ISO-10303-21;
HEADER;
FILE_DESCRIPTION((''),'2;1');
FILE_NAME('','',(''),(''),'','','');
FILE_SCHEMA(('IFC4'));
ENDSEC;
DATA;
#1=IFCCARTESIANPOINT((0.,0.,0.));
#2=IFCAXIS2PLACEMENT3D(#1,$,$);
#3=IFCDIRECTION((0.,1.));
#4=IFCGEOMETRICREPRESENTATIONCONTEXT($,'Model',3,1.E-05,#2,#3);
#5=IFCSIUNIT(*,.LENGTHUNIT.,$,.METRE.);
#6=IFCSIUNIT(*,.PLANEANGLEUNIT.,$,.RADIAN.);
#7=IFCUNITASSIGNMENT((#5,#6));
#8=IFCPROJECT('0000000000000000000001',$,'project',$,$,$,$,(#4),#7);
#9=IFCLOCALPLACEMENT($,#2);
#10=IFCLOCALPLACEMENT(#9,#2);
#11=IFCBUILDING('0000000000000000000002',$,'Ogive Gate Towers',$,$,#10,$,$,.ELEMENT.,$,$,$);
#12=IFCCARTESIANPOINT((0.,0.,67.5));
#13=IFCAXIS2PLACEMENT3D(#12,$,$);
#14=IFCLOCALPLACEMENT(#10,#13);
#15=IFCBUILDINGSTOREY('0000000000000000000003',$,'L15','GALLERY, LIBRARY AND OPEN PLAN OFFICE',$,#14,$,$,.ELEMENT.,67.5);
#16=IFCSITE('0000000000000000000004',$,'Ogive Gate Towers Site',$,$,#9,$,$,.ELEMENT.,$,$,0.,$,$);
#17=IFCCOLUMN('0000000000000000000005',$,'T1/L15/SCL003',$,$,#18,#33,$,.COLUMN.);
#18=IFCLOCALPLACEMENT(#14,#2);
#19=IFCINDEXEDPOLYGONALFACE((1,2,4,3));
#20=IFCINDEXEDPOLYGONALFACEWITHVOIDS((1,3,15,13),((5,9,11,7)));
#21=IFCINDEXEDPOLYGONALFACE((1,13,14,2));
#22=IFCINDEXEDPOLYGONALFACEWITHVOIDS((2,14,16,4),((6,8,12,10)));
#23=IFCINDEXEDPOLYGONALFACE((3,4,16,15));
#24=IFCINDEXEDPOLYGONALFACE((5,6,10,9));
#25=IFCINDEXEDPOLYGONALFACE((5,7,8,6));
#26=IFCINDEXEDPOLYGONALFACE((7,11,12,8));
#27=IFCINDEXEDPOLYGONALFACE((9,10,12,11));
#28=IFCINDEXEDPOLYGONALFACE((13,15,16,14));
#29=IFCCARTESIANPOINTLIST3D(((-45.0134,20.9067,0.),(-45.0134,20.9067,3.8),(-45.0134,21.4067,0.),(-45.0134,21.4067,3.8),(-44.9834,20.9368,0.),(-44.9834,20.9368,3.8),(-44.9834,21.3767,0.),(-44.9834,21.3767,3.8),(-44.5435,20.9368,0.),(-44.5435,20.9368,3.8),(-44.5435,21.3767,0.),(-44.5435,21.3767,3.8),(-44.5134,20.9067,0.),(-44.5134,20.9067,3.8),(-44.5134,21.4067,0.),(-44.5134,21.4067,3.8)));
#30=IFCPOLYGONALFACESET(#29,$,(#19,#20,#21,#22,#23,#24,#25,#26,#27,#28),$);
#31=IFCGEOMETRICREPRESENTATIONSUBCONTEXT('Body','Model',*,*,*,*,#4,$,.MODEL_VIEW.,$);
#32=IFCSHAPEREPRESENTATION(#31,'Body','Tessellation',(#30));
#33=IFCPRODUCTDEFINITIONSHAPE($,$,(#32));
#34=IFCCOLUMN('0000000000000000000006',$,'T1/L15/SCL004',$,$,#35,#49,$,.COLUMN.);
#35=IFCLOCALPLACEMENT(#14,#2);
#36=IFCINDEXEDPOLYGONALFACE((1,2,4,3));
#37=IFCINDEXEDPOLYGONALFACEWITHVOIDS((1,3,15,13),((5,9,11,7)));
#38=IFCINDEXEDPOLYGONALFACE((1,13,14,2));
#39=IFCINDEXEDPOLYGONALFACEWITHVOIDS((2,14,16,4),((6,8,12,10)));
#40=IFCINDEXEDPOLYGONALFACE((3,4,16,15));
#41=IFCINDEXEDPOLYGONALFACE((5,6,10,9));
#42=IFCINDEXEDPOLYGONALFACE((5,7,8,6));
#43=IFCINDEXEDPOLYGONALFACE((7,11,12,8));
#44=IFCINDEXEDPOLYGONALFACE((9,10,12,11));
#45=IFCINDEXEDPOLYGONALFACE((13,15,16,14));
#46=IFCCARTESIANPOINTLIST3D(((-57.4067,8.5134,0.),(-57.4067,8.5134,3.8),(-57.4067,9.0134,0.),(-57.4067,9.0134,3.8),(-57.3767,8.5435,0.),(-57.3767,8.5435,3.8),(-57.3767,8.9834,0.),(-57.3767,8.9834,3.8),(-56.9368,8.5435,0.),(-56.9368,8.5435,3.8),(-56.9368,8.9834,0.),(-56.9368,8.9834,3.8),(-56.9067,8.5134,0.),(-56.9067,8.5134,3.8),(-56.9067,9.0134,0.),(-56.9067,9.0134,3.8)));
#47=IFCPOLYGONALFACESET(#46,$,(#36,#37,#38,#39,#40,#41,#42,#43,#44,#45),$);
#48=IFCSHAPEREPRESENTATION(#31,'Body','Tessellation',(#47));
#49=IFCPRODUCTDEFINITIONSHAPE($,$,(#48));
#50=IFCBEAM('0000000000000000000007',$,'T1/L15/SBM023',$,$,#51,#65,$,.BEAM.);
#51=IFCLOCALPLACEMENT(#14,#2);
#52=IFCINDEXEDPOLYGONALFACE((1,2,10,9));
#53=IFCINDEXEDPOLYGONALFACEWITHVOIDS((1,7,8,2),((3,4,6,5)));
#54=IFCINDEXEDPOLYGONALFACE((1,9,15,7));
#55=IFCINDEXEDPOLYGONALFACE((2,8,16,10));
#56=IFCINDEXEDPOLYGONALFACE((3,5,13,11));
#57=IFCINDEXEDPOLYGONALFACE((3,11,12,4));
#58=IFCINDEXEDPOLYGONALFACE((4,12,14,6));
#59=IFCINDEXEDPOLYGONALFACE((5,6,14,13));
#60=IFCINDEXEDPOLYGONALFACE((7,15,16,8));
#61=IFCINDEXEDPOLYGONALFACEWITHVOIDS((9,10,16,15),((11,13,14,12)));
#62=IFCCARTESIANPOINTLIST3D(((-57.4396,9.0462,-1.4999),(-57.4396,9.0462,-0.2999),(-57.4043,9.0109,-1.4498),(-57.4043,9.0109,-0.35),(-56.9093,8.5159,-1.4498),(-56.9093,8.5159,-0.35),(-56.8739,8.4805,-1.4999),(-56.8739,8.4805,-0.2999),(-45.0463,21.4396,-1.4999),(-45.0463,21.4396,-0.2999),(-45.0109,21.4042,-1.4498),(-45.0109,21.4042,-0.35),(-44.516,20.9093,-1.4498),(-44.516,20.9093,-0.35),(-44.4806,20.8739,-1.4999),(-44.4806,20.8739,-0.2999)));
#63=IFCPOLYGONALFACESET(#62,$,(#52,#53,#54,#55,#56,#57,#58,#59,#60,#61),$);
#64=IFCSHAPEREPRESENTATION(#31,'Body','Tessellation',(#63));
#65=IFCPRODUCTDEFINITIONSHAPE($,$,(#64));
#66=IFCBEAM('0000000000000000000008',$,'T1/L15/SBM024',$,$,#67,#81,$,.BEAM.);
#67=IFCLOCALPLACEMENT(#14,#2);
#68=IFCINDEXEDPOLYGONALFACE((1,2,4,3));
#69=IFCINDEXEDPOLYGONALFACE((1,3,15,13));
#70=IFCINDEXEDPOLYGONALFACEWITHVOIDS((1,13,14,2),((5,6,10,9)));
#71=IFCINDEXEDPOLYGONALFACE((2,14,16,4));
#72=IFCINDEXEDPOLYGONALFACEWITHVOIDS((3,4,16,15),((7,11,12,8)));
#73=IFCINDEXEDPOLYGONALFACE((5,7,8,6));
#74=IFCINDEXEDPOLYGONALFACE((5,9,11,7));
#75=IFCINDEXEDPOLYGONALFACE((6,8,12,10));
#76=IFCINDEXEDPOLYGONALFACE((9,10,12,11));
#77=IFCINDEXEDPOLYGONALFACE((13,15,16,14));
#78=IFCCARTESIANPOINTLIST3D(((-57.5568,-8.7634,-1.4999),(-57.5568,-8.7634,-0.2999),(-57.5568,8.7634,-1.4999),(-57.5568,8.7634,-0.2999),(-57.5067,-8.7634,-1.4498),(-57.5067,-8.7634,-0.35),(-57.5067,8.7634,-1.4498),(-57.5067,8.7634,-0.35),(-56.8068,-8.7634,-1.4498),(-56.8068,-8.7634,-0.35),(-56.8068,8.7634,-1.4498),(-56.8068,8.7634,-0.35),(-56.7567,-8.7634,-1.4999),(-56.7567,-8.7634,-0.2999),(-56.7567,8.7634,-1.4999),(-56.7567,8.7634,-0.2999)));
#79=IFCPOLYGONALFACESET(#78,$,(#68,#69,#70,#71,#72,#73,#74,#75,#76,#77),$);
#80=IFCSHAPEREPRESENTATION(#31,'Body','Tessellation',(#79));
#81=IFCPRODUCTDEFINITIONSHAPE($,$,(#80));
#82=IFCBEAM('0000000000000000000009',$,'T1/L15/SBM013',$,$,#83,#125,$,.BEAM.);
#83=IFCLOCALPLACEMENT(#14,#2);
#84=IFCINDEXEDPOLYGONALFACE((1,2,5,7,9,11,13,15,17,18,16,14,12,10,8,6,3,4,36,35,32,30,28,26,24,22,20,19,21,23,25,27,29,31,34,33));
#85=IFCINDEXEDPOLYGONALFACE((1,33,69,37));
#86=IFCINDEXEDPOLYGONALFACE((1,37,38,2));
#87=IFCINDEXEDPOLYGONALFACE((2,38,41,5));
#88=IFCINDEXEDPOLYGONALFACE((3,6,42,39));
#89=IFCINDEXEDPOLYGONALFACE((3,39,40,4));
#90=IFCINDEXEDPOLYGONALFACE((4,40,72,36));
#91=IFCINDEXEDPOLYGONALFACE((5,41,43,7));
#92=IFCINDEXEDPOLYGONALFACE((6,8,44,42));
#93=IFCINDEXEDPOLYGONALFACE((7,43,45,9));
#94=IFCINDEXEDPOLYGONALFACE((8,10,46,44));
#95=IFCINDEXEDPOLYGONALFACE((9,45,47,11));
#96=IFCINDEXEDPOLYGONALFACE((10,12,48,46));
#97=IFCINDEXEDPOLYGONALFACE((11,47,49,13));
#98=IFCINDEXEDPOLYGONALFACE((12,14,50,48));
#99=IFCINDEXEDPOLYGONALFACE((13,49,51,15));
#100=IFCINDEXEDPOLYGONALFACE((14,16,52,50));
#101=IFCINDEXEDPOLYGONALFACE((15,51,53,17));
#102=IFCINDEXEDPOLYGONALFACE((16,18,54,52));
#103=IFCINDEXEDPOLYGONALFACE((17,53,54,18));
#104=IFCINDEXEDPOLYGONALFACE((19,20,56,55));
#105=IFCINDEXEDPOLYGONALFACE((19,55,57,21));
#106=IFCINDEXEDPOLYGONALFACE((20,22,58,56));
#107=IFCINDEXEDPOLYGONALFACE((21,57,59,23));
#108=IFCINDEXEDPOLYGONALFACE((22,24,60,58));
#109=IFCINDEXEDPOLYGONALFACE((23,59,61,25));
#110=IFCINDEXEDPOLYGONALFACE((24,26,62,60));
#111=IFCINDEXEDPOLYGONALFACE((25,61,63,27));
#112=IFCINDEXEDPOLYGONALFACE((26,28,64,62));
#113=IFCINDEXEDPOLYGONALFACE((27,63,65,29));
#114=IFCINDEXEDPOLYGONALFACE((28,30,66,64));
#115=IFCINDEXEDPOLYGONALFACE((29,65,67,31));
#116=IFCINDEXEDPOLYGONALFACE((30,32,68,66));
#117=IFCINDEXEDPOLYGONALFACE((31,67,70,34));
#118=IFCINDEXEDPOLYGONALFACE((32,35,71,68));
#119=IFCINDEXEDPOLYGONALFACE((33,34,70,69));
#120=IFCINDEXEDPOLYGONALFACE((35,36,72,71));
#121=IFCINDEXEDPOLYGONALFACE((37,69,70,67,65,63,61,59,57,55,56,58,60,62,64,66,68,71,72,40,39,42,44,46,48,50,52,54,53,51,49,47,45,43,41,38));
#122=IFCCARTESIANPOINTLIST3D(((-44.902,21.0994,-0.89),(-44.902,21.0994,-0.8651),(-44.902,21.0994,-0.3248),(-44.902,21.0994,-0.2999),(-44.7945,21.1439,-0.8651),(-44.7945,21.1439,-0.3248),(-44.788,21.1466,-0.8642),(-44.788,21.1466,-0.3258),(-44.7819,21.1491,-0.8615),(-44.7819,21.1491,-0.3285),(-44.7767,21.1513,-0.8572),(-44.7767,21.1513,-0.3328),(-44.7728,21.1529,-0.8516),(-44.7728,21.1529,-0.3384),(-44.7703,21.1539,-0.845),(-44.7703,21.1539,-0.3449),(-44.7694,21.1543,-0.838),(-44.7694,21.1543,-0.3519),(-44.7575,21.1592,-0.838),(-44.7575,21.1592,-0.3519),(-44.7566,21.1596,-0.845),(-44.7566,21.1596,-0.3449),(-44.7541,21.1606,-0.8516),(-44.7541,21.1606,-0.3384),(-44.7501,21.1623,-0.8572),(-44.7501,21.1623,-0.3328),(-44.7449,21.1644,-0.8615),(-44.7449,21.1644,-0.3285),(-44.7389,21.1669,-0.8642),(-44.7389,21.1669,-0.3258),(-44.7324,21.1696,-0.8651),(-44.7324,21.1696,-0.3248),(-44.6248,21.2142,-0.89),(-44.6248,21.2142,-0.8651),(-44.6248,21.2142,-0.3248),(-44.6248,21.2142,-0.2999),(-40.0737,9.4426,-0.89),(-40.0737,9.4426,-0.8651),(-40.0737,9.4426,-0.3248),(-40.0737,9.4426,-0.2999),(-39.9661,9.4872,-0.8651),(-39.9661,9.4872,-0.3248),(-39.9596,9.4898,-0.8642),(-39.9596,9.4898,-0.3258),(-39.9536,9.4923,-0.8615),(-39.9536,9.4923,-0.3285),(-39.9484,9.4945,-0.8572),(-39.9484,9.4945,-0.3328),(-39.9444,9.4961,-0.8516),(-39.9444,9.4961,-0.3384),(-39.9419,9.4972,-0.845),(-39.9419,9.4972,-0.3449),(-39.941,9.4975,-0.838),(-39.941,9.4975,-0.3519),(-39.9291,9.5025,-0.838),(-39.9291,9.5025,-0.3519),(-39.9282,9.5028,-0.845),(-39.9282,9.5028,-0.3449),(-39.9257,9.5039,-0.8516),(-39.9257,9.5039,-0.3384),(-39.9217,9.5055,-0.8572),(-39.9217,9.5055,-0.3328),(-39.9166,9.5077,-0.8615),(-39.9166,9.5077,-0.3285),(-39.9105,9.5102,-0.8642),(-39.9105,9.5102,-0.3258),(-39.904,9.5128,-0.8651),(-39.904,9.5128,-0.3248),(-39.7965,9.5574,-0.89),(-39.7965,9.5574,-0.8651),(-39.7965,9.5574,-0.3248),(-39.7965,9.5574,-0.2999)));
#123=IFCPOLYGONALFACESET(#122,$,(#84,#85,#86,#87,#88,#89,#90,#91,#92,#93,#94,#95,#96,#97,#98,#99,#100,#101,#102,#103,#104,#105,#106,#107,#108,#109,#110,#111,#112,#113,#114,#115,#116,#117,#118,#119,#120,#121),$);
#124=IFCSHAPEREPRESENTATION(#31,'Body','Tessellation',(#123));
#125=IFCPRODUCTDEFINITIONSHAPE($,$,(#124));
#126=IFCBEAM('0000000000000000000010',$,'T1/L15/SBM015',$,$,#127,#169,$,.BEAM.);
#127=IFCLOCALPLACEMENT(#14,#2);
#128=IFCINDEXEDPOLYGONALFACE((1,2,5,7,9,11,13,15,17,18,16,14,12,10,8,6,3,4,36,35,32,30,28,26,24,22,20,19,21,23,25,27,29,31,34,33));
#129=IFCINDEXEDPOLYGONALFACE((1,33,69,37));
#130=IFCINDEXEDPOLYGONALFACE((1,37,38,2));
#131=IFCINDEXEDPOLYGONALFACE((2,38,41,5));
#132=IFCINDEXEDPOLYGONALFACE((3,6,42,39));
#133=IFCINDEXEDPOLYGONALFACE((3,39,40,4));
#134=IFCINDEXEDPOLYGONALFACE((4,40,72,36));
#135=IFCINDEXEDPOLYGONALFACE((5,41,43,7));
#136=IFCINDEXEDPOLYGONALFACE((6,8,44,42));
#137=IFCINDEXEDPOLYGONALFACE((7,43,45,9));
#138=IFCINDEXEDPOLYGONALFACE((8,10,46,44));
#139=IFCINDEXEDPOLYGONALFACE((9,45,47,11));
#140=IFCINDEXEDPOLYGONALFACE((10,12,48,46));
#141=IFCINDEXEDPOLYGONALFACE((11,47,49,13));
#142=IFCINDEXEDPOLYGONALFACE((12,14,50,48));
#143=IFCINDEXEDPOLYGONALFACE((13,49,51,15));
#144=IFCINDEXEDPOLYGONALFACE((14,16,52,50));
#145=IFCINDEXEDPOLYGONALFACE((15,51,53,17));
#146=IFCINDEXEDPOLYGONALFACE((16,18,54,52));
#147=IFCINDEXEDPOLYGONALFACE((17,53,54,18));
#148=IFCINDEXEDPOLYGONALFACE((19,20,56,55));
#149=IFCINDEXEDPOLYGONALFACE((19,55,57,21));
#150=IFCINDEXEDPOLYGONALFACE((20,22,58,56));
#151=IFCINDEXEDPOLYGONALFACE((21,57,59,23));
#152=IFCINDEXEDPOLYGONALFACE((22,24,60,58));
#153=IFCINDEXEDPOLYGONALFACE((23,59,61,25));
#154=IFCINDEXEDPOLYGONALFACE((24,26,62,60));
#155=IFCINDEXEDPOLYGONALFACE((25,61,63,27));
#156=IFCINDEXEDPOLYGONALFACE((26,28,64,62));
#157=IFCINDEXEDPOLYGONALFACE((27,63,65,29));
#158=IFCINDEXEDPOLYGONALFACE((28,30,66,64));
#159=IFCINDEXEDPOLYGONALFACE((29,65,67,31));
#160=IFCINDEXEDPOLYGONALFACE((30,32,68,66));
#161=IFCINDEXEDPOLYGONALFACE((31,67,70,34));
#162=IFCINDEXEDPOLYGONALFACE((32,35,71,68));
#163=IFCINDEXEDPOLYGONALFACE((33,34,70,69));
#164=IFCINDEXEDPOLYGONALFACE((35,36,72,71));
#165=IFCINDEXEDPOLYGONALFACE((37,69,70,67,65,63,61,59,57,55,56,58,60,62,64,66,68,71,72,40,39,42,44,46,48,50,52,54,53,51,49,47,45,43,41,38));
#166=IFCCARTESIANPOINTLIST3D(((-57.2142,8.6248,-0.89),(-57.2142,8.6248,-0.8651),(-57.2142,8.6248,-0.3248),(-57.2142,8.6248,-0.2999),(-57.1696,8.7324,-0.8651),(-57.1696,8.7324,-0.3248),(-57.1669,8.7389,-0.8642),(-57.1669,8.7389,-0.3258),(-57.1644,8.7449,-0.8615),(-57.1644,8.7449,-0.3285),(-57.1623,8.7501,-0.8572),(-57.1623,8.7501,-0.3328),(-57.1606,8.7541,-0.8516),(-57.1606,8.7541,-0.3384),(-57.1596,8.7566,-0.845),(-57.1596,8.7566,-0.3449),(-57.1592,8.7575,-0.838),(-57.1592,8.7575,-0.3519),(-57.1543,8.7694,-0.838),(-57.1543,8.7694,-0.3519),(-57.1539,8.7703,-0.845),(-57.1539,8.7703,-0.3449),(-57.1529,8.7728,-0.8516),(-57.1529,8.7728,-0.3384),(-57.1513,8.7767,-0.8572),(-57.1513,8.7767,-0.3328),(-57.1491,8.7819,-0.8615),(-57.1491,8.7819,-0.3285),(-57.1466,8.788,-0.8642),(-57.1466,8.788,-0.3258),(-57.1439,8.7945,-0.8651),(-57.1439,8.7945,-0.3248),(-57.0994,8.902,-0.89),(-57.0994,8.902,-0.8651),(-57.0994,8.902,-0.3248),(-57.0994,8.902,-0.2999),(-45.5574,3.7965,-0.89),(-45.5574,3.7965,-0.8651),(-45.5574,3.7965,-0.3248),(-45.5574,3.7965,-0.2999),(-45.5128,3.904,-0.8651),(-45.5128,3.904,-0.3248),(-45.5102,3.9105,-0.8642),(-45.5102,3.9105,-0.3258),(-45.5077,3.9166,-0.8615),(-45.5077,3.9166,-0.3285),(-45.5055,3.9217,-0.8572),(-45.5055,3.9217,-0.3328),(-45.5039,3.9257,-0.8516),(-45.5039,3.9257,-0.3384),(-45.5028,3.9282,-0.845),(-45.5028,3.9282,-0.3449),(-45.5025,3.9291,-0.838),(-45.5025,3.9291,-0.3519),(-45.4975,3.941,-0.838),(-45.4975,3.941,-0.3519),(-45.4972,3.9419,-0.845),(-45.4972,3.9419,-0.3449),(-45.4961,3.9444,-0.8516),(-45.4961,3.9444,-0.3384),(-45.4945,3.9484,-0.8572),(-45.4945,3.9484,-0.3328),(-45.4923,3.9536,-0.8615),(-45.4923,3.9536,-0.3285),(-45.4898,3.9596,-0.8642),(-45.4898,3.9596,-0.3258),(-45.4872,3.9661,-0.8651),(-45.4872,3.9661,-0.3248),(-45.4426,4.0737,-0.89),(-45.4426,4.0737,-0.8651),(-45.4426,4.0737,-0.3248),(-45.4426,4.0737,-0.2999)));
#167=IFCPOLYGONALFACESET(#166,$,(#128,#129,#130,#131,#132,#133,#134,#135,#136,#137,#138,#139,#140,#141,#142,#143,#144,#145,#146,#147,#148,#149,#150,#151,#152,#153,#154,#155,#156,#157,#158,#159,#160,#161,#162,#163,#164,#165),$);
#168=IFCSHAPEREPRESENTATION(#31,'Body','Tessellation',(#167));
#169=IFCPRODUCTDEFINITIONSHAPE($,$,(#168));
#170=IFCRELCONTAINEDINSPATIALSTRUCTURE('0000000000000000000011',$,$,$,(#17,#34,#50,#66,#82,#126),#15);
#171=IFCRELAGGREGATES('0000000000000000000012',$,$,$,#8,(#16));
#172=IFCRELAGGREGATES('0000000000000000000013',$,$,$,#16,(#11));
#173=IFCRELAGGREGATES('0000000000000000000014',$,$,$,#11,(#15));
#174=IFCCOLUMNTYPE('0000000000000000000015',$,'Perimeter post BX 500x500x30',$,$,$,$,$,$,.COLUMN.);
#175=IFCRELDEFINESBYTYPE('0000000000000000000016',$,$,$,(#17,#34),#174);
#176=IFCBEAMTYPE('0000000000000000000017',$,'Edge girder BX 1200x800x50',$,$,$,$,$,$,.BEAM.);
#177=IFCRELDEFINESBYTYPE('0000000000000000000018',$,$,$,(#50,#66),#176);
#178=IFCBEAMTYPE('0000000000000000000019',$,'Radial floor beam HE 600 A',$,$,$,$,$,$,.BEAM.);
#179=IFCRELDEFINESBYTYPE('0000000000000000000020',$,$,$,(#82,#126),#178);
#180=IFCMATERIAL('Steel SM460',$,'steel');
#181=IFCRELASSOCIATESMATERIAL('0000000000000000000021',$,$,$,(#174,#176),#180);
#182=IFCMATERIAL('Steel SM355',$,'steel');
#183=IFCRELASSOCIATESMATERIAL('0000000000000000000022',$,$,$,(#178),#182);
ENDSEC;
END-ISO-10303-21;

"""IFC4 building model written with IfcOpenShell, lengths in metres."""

from ifc_helpers import new_model, si_unit, direction, frame, origin, origin_2d, place, context, subcontext, project, spatial, hollow_rectangle, i_section, extrude, material, material_profile, profile_set, type_object, element, save


model = new_model("IFC4")

# Units and contexts
model_context = context("Model", 3, precision=1e-05, world=origin(), true_north=direction((0.0, 1.0)))
body_context = subcontext(model_context, "Body", "Model", "MODEL_VIEW")
ifc_project = project(units=[si_unit("LENGTHUNIT", "METRE"), si_unit("PLANEANGLEUNIT", "RADIAN")], contexts=[model_context])

# Site, building, storey
site_placement = place(None, origin())
site = spatial("IfcSite", under=ifc_project, at=site_placement, Name="Ogive Gate Towers Site", CompositionType="ELEMENT", RefElevation=0.0)
building_placement = place(site_placement, origin())
building = spatial("IfcBuilding", under=site, at=building_placement, Name="Ogive Gate Towers", CompositionType="ELEMENT")
storey_placement = place(building_placement, frame((0.0, 0.0, 67.5)))
storey = spatial("IfcBuildingStorey", under=building, at=storey_placement, Name="L15", Description="GALLERY, LIBRARY AND OPEN PLAN OFFICE", CompositionType="ELEMENT", Elevation=67.5)

# Columns
ifc_material_1 = material(Name="Steel SM460", Category="steel")
ifc_material_profile_1 = material_profile(ifc_material_1, hollow_rectangle(XDim=0.5, YDim=0.5, WallThickness=0.03, at=origin_2d()), Name="BX 500x500x30")
ifc_profile_set_1 = profile_set([ifc_material_profile_1], Name="Steel SM460")
column_type = type_object("IfcColumnType", Name="Perimeter post BX 500x500x30", PredefinedType="COLUMN", material=ifc_profile_set_1)
for number, where, z_axis, x_axis, name in (
    (1, (-44.7634, 21.1567, 0.0), (0.0, 0.0, 1.0), (1.0, 0.0, 0.0), "T1/L15/SCL003"),
    (2, (-57.1567, 8.7634, 0.0), (0.0, 0.0, 1.0), (1.0, 0.0, 0.0), "T1/L15/SCL004"),
):
    element("IfcColumn", number, at=place(storey_placement, frame(where, z_axis=z_axis, x_axis=x_axis)), inside=storey, type_object=column_type, Name=name, PredefinedType="COLUMN", context=body_context, shape_type="SweptSolid", body=[
        extrude(hollow_rectangle(XDim=0.5, YDim=0.5, WallThickness=0.03, at=origin_2d()), origin(), (0.0, 0.0, 1.0), 3.8),
    ])

# Beams
ifc_material_profile_2 = material_profile(ifc_material_1, hollow_rectangle(XDim=0.8, YDim=1.2, WallThickness=0.05, at=origin_2d()), Name="BX 1200x800x50")
ifc_profile_set_2 = profile_set([ifc_material_profile_2], Name="Steel SM460")
beam_type_1 = type_object("IfcBeamType", Name="Edge girder BX 1200x800x50", PredefinedType="BEAM", material=ifc_profile_set_2)
for number, where, z_axis, x_axis, name in (
    (3, (-44.7634, 21.1567, -0.8999), (-0.707107, -0.707107, 0.0), (0.707107, -0.707107, 0.0), "T1/L15/SBM023"),
    (4, (-57.1567, 8.7634, -0.8999), (0.0, -1.0, 0.0), (1.0, 0.0, 0.0), "T1/L15/SBM024"),
):
    element("IfcBeam", number, at=place(storey_placement, frame(where, z_axis=z_axis, x_axis=x_axis)), inside=storey, type_object=beam_type_1, Name=name, PredefinedType="BEAM", context=body_context, shape_type="SweptSolid", body=[
        extrude(hollow_rectangle(XDim=0.8, YDim=1.2, WallThickness=0.05, at=origin_2d()), origin(), (0.0, 0.0, 1.0), 17.5269),
    ])
ifc_material_2 = material(Name="Steel SM355", Category="steel")
ifc_material_profile_3 = material_profile(ifc_material_2, i_section(OverallWidth=0.3, OverallDepth=0.5901, WebThickness=0.0129, FlangeThickness=0.0249, FilletRadius=0.0271, at=origin_2d()), Name="HE 600 A")
ifc_profile_set_3 = profile_set([ifc_material_profile_3], Name="Steel SM355")
beam_type_2 = type_object("IfcBeamType", Name="Radial floor beam HE 600 A", PredefinedType="BEAM", material=ifc_profile_set_3)
for number, where, z_axis, x_axis, name in (
    (5, (-39.9351, 9.5, -0.595), (-0.382683, 0.92388, 0.0), (-0.92388, -0.382683, 0.0), "T1/L15/SBM013"),
    (6, (-45.5, 3.9351, -0.595), (-0.92388, 0.382683, 0.0), (-0.382683, -0.92388, 0.0), "T1/L15/SBM015"),
):
    element("IfcBeam", number, at=place(storey_placement, frame(where, z_axis=z_axis, x_axis=x_axis)), inside=storey, type_object=beam_type_2, Name=name, PredefinedType="BEAM", context=body_context, shape_type="SweptSolid", body=[
        extrude(i_section(OverallWidth=0.3, OverallDepth=0.5901, WebThickness=0.0129, FlangeThickness=0.0249, FilletRadius=0.0271, at=origin_2d()), origin(), (0.0, 0.0, 1.0), 12.6172),
    ])

save(model, "model.ifc")
